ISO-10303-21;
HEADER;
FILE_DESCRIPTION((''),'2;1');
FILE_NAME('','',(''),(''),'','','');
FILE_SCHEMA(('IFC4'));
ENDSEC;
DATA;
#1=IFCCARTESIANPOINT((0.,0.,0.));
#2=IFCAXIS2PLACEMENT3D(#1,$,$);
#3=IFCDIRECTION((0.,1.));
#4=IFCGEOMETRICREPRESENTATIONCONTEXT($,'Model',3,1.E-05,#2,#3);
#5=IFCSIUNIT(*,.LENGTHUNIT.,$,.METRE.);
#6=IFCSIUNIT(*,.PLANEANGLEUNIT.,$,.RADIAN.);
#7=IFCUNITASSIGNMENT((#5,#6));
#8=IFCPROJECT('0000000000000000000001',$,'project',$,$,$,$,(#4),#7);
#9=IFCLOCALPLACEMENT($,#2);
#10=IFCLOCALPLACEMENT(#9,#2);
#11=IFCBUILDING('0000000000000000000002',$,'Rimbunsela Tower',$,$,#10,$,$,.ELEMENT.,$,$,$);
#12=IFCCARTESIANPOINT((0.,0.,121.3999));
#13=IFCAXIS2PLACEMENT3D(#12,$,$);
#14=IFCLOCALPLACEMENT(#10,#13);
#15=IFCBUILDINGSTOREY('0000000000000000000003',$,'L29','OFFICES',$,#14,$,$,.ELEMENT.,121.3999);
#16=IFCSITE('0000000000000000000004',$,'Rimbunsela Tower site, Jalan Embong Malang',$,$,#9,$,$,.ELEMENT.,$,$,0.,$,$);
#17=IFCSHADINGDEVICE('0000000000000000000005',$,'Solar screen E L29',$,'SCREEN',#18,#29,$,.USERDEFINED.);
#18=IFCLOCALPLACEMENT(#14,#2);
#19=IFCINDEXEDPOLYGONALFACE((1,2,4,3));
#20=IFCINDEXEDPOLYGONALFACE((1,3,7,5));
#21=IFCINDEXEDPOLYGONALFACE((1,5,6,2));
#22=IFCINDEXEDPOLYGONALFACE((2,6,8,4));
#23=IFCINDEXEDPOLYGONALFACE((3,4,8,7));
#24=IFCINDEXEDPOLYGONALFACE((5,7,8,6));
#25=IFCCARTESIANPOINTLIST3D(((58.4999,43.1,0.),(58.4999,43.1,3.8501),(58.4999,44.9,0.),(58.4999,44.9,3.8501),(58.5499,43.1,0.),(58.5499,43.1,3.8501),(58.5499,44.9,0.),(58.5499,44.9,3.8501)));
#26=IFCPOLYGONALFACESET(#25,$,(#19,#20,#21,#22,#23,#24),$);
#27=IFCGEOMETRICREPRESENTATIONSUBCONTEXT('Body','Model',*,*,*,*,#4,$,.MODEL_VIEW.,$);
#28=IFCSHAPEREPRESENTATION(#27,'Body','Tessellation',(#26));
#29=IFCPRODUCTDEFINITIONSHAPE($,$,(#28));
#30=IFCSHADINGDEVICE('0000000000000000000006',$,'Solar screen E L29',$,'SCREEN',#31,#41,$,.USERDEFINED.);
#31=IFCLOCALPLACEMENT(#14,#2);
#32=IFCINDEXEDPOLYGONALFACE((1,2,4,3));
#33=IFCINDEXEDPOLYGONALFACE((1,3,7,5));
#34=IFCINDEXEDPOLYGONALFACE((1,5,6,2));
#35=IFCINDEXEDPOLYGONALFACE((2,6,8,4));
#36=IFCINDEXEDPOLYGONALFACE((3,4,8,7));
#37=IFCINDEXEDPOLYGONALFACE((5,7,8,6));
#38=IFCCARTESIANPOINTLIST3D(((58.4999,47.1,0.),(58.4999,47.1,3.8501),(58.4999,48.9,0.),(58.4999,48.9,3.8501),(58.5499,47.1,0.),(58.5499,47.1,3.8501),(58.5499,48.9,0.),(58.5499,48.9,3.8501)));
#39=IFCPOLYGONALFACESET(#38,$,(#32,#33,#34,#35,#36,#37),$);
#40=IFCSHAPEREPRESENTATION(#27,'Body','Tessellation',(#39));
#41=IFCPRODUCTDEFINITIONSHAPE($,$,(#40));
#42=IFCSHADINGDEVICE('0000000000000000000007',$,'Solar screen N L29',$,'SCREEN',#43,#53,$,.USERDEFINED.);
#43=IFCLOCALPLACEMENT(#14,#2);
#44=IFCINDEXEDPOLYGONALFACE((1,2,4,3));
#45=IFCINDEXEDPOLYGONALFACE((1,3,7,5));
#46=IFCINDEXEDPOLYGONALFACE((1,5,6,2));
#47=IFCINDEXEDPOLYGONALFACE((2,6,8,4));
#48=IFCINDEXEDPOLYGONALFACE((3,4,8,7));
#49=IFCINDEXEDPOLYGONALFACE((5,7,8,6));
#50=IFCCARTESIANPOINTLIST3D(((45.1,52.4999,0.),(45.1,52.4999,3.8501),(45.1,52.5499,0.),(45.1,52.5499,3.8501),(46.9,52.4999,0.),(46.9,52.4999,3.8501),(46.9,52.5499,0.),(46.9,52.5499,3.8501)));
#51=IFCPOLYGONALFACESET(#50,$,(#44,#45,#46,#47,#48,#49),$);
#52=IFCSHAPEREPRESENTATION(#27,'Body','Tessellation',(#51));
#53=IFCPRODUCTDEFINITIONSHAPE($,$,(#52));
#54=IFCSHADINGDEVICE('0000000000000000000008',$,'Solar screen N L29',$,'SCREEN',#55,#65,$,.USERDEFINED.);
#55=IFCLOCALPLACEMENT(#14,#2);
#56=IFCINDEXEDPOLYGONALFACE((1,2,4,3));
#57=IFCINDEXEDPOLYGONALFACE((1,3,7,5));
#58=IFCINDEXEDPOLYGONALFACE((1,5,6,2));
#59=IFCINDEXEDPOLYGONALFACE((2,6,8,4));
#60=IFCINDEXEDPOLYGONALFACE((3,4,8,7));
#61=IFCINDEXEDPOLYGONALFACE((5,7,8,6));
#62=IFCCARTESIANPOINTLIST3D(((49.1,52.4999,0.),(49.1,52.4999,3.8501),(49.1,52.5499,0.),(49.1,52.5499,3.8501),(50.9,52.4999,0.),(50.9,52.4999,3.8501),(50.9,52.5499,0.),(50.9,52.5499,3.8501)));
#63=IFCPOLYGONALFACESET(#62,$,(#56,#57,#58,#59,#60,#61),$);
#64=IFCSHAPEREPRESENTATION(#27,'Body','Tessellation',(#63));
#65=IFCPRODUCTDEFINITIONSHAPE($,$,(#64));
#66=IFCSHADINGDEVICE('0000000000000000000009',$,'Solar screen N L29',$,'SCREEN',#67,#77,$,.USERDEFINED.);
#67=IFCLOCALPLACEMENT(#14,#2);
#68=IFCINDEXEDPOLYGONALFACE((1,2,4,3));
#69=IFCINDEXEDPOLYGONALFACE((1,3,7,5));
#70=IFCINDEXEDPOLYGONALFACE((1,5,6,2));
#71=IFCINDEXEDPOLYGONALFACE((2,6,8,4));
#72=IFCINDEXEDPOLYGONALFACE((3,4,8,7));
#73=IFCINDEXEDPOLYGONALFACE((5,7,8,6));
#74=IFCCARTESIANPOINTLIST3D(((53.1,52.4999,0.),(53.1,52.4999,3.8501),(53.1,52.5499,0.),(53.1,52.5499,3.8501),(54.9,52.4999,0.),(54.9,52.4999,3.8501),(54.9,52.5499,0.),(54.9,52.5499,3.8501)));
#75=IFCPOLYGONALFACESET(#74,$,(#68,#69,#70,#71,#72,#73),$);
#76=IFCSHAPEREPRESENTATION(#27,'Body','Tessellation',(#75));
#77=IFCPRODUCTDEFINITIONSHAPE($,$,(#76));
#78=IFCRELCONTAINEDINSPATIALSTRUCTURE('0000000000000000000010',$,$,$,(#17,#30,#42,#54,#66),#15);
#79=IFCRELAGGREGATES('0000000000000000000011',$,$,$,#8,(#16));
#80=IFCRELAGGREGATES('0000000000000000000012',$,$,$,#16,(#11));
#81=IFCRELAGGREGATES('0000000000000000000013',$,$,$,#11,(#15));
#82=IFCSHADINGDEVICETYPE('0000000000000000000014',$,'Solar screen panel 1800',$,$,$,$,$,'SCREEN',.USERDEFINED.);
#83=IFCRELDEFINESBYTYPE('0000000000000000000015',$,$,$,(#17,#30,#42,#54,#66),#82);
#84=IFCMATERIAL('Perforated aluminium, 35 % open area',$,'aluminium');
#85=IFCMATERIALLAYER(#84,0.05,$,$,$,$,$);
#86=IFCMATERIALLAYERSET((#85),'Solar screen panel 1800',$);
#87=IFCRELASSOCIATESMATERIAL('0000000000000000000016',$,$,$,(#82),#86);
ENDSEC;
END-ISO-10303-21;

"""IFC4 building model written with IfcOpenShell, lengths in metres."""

from ifc_helpers import new_model, si_unit, direction, frame, origin, origin_2d, place, context, subcontext, project, spatial, rectangle, extrude, material, layer, layer_set, type_object, element, save


model = new_model("IFC4")

# Units and contexts
model_context = context("Model", 3, precision=1e-05, world=origin(), true_north=direction((0.0, 1.0)))
body_context = subcontext(model_context, "Body", "Model", "MODEL_VIEW")
ifc_project = project(units=[si_unit("LENGTHUNIT", "METRE"), si_unit("PLANEANGLEUNIT", "RADIAN")], contexts=[model_context])

# Site, building, storey
site_placement = place(None, origin())
site = spatial("IfcSite", under=ifc_project, at=site_placement, Name="Rimbunsela Tower site, Jalan Embong Malang", CompositionType="ELEMENT", RefElevation=0.0)
building_placement = place(site_placement, origin())
building = spatial("IfcBuilding", under=site, at=building_placement, Name="Rimbunsela Tower", CompositionType="ELEMENT")
storey_placement = place(building_placement, frame((0.0, 0.0, 121.3999)))
storey = spatial("IfcBuildingStorey", under=building, at=storey_placement, Name="L29", Description="OFFICES", CompositionType="ELEMENT", Elevation=121.3999)

# Shading devices
ifc_material_1 = material(Name="Perforated aluminium, 35 % open area", Category="aluminium")
ifc_layer_1 = layer(ifc_material_1, 0.05)
ifc_layer_set_1 = layer_set([ifc_layer_1], Name="Solar screen panel 1800")
shading_device_type = type_object("IfcShadingDeviceType", Name="Solar screen panel 1800", ElementType="SCREEN", PredefinedType="USERDEFINED", material=ifc_layer_set_1)
for number, where, z_axis, x_axis, name in (
    (1, (58.5249, 44.0, 0.0), (0.0, 0.0, 1.0), (0.0, 1.0, 0.0), "Solar screen E L29"),
    (2, (58.5249, 48.0, 0.0), (0.0, 0.0, 1.0), (0.0, 1.0, 0.0), "Solar screen E L29"),
    (3, (46.0, 52.5249, 0.0), (0.0, 0.0, 1.0), (1.0, 0.0, 0.0), "Solar screen N L29"),
    (4, (50.0, 52.5249, 0.0), (0.0, 0.0, 1.0), (1.0, 0.0, 0.0), "Solar screen N L29"),
    (5, (54.0, 52.5249, 0.0), (0.0, 0.0, 1.0), (1.0, 0.0, 0.0), "Solar screen N L29"),
):
    element("IfcShadingDevice", number, at=place(storey_placement, frame(where, z_axis=z_axis, x_axis=x_axis)), inside=storey, type_object=shading_device_type, Name=name, ObjectType="SCREEN", PredefinedType="USERDEFINED", context=body_context, shape_type="SweptSolid", body=[
        extrude(rectangle(XDim=1.8, YDim=0.05, at=origin_2d()), origin(), (0.0, 0.0, 1.0), 3.8501),
    ])

save(model, "model.ifc")
